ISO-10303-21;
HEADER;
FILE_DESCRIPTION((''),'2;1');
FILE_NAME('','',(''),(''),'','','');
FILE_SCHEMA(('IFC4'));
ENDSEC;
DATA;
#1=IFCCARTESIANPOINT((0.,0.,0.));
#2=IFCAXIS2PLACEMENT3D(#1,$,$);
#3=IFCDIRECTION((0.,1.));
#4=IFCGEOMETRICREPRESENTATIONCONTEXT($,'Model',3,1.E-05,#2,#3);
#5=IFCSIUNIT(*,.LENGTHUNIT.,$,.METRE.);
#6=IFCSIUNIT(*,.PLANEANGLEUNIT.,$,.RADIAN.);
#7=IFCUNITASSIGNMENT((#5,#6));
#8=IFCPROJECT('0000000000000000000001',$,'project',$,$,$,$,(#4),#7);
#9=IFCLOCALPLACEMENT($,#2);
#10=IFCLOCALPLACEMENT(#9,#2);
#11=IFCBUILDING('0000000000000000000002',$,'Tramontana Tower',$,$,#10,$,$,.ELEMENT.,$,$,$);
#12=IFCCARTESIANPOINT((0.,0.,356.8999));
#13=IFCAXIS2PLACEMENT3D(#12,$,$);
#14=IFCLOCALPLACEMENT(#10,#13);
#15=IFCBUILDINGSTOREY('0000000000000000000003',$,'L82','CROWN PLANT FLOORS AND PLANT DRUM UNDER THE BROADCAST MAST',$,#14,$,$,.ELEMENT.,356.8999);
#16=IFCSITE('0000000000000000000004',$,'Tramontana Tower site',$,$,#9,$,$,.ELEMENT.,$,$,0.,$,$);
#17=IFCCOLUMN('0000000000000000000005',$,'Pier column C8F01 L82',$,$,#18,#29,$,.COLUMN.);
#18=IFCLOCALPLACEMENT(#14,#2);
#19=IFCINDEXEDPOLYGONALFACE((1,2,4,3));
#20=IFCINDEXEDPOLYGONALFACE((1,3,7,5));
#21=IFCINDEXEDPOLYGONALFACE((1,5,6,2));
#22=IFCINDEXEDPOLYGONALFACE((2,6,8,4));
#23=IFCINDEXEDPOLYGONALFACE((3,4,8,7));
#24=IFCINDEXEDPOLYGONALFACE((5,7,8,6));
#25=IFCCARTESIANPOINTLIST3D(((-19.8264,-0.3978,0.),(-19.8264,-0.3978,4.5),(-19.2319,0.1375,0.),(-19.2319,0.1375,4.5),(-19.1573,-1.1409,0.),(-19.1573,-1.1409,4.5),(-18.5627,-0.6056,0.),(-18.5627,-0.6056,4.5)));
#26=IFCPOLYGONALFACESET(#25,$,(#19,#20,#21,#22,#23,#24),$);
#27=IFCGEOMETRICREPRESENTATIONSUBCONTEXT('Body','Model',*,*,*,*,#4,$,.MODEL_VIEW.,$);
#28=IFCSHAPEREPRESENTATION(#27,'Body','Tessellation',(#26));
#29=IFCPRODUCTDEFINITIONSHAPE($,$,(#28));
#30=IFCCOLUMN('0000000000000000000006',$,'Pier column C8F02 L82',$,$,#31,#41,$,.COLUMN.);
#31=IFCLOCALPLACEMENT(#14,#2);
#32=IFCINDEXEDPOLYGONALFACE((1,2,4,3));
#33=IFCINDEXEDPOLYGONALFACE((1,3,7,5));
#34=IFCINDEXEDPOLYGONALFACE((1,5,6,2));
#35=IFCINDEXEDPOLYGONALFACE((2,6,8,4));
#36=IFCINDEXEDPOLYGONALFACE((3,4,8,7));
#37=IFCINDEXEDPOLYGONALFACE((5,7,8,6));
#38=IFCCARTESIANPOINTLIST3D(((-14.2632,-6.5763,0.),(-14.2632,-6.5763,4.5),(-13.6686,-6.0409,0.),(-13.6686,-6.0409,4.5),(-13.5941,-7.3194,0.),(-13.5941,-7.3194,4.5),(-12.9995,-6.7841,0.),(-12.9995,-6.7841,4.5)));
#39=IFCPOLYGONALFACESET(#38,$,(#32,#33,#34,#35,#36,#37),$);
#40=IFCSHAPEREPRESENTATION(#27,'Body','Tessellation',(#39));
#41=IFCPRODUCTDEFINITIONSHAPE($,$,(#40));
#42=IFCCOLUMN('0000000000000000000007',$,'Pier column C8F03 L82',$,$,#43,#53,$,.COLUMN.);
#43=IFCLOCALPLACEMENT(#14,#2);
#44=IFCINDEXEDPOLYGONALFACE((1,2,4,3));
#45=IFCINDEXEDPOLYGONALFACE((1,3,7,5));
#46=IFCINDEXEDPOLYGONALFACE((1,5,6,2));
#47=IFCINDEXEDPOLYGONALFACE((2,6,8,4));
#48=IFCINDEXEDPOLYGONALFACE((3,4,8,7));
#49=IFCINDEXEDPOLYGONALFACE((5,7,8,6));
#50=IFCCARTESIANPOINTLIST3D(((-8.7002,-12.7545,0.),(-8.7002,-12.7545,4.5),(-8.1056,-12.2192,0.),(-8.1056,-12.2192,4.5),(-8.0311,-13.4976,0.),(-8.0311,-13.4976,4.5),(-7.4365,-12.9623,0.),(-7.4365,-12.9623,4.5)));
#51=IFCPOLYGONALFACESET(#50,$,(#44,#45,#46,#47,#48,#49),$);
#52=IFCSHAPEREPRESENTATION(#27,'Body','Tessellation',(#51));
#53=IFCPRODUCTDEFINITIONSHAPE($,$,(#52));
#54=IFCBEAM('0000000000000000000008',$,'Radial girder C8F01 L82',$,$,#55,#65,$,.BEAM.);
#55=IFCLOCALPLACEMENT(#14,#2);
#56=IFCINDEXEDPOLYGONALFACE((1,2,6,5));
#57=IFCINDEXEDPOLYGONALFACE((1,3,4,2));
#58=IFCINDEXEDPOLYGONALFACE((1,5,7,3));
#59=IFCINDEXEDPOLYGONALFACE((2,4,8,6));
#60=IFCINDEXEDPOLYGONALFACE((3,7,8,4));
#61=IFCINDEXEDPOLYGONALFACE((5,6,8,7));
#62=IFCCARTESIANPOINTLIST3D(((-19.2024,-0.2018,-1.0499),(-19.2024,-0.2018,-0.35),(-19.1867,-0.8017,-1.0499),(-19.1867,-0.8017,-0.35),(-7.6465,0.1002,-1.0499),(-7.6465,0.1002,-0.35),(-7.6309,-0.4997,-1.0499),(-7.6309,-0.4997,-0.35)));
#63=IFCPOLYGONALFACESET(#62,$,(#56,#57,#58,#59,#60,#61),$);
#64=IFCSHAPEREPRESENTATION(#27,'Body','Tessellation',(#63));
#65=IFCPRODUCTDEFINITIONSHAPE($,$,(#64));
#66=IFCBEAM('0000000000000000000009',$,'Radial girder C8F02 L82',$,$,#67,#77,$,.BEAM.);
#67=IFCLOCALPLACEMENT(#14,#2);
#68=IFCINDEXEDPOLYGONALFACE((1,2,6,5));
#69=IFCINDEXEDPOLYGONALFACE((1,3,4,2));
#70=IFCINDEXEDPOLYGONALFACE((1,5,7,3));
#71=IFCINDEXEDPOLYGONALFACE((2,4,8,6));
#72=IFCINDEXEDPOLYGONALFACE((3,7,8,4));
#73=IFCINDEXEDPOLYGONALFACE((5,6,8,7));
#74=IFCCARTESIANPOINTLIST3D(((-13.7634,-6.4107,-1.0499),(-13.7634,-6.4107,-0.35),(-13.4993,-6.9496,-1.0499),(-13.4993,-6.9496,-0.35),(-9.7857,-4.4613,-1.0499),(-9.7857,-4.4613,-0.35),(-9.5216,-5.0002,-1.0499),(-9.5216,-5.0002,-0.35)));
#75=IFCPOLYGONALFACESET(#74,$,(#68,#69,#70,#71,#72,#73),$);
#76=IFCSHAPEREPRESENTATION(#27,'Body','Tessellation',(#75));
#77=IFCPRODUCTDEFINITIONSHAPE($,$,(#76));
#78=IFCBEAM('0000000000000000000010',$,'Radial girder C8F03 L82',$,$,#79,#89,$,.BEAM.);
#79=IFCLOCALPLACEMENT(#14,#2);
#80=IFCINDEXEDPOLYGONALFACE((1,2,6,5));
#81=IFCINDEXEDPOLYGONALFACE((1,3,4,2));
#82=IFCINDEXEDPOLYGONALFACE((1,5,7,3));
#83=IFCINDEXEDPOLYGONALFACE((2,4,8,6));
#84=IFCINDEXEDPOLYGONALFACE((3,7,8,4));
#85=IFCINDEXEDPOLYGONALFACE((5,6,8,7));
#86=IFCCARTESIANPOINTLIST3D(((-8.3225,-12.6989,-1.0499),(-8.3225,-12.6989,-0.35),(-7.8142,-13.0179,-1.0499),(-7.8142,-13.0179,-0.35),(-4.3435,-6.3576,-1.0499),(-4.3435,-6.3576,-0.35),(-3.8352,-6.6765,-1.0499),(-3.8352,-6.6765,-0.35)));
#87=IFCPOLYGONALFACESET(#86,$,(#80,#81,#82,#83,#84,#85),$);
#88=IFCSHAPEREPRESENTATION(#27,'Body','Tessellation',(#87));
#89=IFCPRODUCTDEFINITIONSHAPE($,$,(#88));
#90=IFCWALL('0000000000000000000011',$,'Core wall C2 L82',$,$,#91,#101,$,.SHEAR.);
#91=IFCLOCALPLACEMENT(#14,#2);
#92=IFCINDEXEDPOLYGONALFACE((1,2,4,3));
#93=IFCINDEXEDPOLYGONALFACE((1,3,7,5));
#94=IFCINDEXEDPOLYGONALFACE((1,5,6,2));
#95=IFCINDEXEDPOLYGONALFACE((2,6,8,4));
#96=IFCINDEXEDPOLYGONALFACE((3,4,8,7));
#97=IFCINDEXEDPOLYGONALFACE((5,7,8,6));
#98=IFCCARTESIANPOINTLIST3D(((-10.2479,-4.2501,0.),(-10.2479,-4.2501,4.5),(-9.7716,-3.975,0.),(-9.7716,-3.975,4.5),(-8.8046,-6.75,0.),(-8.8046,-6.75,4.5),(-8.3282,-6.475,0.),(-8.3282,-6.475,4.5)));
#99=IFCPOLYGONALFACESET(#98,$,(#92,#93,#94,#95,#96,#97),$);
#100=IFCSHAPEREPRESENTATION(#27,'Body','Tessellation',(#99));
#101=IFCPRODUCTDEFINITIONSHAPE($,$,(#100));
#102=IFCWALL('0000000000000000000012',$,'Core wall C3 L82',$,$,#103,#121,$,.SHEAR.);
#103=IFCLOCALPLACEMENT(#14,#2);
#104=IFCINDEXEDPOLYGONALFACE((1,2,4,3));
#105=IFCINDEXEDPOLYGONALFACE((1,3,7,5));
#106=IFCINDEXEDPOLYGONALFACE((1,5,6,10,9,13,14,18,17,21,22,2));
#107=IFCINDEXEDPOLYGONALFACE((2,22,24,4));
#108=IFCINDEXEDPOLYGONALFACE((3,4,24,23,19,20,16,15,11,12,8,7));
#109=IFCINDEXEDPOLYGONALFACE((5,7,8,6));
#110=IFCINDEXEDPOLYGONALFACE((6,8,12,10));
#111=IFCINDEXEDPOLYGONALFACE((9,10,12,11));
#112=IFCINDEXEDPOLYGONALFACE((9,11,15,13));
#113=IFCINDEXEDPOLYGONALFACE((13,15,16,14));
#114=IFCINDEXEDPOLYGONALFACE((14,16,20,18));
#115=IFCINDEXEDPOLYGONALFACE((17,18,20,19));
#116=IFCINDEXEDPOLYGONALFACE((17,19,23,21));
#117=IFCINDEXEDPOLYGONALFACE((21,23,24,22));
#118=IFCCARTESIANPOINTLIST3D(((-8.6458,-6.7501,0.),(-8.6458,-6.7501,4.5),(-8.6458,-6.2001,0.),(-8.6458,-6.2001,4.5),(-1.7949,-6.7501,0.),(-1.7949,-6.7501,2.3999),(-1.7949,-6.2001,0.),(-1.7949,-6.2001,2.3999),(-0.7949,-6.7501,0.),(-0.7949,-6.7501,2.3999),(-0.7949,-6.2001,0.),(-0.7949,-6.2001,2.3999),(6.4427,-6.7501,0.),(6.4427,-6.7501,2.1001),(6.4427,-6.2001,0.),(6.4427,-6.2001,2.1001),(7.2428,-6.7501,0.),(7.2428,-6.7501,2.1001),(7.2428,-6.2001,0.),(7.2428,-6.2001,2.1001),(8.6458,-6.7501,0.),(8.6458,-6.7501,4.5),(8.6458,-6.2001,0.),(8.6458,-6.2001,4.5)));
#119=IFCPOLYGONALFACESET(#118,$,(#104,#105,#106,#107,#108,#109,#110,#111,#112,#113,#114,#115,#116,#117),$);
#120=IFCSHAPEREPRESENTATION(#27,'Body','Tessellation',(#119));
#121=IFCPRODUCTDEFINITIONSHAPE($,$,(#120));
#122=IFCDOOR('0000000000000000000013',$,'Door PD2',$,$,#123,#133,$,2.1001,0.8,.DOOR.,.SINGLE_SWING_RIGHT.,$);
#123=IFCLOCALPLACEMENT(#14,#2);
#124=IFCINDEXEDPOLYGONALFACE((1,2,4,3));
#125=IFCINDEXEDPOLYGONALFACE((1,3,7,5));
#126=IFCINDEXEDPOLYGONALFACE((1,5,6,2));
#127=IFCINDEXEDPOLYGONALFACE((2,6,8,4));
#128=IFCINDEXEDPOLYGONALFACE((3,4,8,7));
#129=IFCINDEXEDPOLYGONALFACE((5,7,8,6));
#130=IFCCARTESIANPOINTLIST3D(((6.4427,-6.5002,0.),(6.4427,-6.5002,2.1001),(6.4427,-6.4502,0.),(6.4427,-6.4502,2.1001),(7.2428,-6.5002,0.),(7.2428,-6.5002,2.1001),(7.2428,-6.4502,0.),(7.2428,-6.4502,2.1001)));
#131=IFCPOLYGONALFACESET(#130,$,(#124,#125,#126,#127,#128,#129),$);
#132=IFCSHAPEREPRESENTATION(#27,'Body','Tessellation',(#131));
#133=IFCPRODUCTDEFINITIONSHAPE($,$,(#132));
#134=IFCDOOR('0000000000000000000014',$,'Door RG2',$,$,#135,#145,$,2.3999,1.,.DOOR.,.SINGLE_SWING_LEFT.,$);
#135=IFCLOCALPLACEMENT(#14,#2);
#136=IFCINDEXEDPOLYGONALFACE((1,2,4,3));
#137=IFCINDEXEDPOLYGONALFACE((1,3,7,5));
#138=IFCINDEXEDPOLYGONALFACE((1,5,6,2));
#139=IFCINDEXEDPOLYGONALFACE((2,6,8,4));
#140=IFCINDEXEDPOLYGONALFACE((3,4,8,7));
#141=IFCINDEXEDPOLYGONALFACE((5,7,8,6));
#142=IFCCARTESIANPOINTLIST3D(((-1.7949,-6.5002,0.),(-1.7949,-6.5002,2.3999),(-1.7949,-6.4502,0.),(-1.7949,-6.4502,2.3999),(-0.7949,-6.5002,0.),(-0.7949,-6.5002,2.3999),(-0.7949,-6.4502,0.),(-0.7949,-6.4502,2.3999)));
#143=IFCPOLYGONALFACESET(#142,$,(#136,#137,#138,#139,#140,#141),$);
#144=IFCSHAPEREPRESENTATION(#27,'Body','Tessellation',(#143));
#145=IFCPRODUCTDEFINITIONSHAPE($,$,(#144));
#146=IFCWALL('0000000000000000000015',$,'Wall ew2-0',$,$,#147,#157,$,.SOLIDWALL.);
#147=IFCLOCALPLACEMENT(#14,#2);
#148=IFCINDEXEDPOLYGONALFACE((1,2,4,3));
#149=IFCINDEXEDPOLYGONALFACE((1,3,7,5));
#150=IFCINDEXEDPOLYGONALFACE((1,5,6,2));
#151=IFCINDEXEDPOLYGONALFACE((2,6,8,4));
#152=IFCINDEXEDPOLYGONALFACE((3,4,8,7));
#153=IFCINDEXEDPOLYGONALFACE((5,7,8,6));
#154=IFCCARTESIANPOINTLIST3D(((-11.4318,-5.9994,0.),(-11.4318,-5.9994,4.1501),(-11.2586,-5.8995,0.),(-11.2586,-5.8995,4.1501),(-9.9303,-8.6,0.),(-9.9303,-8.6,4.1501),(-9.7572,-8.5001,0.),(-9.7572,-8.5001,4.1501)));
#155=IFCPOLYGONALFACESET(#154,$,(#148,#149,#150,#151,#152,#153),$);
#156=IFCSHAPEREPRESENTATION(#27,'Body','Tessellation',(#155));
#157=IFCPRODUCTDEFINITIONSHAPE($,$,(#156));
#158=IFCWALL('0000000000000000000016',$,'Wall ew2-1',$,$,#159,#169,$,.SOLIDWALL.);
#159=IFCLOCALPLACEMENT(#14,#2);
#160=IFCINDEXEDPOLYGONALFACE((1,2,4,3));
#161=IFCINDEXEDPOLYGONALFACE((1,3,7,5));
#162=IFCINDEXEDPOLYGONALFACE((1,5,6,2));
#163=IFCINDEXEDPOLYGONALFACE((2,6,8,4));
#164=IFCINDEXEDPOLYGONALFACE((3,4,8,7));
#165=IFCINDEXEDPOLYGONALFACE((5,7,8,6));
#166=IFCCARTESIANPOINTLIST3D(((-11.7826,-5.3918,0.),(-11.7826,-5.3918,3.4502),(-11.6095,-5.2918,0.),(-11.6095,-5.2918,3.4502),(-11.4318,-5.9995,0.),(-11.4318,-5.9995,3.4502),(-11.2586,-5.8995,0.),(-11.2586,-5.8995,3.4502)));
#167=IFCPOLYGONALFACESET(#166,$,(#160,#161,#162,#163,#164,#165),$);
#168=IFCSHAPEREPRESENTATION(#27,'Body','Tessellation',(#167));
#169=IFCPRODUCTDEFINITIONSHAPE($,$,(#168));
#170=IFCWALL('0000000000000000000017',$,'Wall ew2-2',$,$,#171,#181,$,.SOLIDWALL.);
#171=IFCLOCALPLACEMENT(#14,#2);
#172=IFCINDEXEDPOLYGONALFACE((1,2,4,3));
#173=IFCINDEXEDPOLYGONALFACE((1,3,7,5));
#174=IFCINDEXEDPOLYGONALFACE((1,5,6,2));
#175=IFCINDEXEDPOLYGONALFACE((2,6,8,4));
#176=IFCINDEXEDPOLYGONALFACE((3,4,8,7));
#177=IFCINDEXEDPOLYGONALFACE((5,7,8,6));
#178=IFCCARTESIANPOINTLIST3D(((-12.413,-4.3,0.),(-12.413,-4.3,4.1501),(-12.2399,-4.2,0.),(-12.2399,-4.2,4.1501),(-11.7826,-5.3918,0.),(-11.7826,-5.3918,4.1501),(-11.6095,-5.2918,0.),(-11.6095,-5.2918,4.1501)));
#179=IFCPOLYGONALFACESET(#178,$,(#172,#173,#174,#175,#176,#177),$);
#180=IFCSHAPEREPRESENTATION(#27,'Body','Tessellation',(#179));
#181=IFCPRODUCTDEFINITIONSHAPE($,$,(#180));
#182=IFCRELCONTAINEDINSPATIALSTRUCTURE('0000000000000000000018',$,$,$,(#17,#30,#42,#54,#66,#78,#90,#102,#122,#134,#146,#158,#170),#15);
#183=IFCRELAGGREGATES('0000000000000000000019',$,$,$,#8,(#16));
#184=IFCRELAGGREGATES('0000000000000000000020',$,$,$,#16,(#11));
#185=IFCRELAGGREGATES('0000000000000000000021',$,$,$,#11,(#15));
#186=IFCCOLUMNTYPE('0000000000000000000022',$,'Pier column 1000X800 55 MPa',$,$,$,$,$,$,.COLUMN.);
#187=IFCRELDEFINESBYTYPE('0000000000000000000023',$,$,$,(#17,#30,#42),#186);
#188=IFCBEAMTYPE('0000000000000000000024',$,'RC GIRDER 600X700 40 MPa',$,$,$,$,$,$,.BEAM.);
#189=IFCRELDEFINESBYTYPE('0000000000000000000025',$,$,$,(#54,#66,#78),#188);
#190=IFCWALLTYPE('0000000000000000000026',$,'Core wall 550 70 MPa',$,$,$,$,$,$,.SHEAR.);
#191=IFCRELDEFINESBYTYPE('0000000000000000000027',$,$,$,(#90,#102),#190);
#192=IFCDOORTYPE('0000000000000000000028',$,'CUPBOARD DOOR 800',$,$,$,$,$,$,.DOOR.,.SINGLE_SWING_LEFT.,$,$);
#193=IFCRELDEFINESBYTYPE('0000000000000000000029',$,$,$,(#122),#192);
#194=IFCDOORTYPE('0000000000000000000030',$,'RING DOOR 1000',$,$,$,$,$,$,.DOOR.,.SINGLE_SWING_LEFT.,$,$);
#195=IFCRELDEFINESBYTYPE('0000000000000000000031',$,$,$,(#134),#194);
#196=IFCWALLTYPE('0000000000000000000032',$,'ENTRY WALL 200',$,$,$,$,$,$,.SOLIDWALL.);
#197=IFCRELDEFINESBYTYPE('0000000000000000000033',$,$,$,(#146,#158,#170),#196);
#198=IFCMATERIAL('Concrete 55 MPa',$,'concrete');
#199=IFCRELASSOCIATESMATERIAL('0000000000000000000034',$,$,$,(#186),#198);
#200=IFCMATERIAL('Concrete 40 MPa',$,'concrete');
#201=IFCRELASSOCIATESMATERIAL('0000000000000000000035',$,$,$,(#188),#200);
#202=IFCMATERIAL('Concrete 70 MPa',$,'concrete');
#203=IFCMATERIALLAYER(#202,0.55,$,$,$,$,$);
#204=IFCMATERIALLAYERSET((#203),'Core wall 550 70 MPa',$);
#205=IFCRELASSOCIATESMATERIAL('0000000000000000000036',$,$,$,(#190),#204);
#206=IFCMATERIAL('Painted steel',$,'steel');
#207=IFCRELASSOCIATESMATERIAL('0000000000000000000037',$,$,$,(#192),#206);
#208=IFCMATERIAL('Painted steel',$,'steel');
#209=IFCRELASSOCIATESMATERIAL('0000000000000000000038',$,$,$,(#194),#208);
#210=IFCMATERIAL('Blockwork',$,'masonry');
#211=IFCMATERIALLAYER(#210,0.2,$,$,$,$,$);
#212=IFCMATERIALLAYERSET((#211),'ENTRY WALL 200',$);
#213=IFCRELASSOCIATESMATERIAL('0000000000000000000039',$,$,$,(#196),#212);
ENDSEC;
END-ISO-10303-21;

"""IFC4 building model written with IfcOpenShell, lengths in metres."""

from ifc_helpers import new_model, si_unit, direction, frame, frame_2d, origin, origin_2d, place, context, subcontext, project, spatial, rectangle, extrude, material, layer, layer_set, material_profile, profile_set, type_object, element, fill, save


model = new_model("IFC4")

# Units and contexts
model_context = context("Model", 3, precision=1e-05, world=origin(), true_north=direction((0.0, 1.0)))
body_context = subcontext(model_context, "Body", "Model", "MODEL_VIEW")
ifc_project = project(units=[si_unit("LENGTHUNIT", "METRE"), si_unit("PLANEANGLEUNIT", "RADIAN")], contexts=[model_context])

# Site, building, storey
site_placement = place(None, origin())
site = spatial("IfcSite", under=ifc_project, at=site_placement, Name="Tramontana Tower site", CompositionType="ELEMENT", RefElevation=0.0)
building_placement = place(site_placement, origin())
building = spatial("IfcBuilding", under=site, at=building_placement, Name="Tramontana Tower", CompositionType="ELEMENT")
storey_placement = place(building_placement, frame((0.0, 0.0, 356.8999)))
storey = spatial("IfcBuildingStorey", under=building, at=storey_placement, Name="L82", Description="CROWN PLANT FLOORS AND PLANT DRUM UNDER THE BROADCAST MAST", CompositionType="ELEMENT", Elevation=356.8999)

# Columns
ifc_material_1 = material(Name="Concrete 55 MPa", Category="concrete")
ifc_material_profile_1 = material_profile(ifc_material_1, rectangle(XDim=1.0, YDim=0.8, at=origin_2d()), Name="Pier column 1000X800 55 MPa")
ifc_profile_set_1 = profile_set([ifc_material_profile_1], Name="Concrete 55 MPa")
column_type = type_object("IfcColumnType", Name="Pier column 1000X800 55 MPa", PredefinedType="COLUMN", material=ifc_profile_set_1)
for number, where, z_axis, x_axis, name in (
    (1, (-19.1946, -0.5017, 0.0), (0.0, 0.0, 1.0), (0.669131, -0.743145, 0.0), "Pier column C8F01 L82"),
    (2, (-13.6313, -6.6802, 0.0), (0.0, 0.0, 1.0), (0.669131, -0.743145, 0.0), "Pier column C8F02 L82"),
    (3, (-8.0684, -12.8584, 0.0), (0.0, 0.0, 1.0), (0.669131, -0.743145, 0.0), "Pier column C8F03 L82"),
):
    element("IfcColumn", number, at=place(storey_placement, frame(where, z_axis=z_axis, x_axis=x_axis)), inside=storey, type_object=column_type, Name=name, PredefinedType="COLUMN", context=body_context, shape_type="SweptSolid", body=[
        extrude(rectangle(XDim=1.0, YDim=0.8, at=origin_2d()), origin(), (0.0, 0.0, 1.0), 4.5),
    ])

# Beams
ifc_material_2 = material(Name="Concrete 40 MPa", Category="concrete")
ifc_material_profile_2 = material_profile(ifc_material_2, rectangle(XDim=0.6001, YDim=0.7, at=origin_2d()), Name="RC GIRDER 600X700 40 MPa")
ifc_profile_set_2 = profile_set([ifc_material_profile_2], Name="Concrete 40 MPa")
beam_type = type_object("IfcBeamType", Name="RC GIRDER 600X700 40 MPa", PredefinedType="BEAM", material=ifc_profile_set_2)
beam_1_placement = place(storey_placement, frame((-19.1946, -0.5017, -0.7), z_axis=(0.999659, 0.026125, 0.0), x_axis=(-0.026125, 0.999659, 0.0)))
element("IfcBeam", 4, at=beam_1_placement, inside=storey, type_object=beam_type, Name="Radial girder C8F01 L82", PredefinedType="BEAM", context=body_context, shape_type="SweptSolid", body=[
    extrude(rectangle(XDim=0.6001, YDim=0.7, at=origin_2d()), origin(), (0.0, 0.0, 1.0), 11.5598),
])
beam_2_placement = place(storey_placement, frame((-13.6313, -6.6802, -0.7), z_axis=(0.897959, 0.440079, 0.0), x_axis=(-0.440079, 0.897959, 0.0)))
element("IfcBeam", 5, at=beam_2_placement, inside=storey, type_object=beam_type, Name="Radial girder C8F02 L82", PredefinedType="BEAM", context=body_context, shape_type="SweptSolid", body=[
    extrude(rectangle(XDim=0.6001, YDim=0.7, at=origin_2d()), origin(), (0.0, 0.0, 1.0), 4.4297),
])
beam_3_placement = place(storey_placement, frame((-8.0684, -12.8584, -0.7), z_axis=(0.531505, 0.847055, 0.0), x_axis=(-0.847055, 0.531505, 0.0)))
element("IfcBeam", 6, at=beam_3_placement, inside=storey, type_object=beam_type, Name="Radial girder C8F03 L82", PredefinedType="BEAM", context=body_context, shape_type="SweptSolid", body=[
    extrude(rectangle(XDim=0.6001, YDim=0.7, at=origin_2d()), origin(), (0.0, 0.0, 1.0), 7.4863),
])

# Wall
ifc_material_3 = material(Name="Concrete 70 MPa", Category="concrete")
ifc_layer_1 = layer(ifc_material_3, 0.55)
ifc_layer_set_1 = layer_set([ifc_layer_1], Name="Core wall 550 70 MPa")
wall_type_1 = type_object("IfcWallType", Name="Core wall 550 70 MPa", PredefinedType="SHEAR", material=ifc_layer_set_1)
wall_1_placement = place(storey_placement, frame((-10.0098, -4.1125, 0.0), z_axis=(0.0, 0.0, 1.0), x_axis=(0.499996, -0.866028, 0.0)))
element("IfcWall", 7, at=wall_1_placement, inside=storey, type_object=wall_type_1, Name="Core wall C2 L82", PredefinedType="SHEAR", context=body_context, shape_type="SweptSolid", body=[
    extrude(rectangle(XDim=2.8867, YDim=0.55, at=frame_2d((1.4434, 0.0))), origin(), (0.0, 0.0, 1.0), 4.5),
])

# Wall, openings, doors
wall_2_placement = place(storey_placement, frame((-8.6458, -6.4751, 0.0), z_axis=(0.0, 0.0, 1.0), x_axis=(1.0, 0.0, 0.0)))
wall_2 = element("IfcWall", 8, at=wall_2_placement, inside=storey, type_object=wall_type_1, Name="Core wall C3 L82", PredefinedType="SHEAR", context=body_context, shape_type="SweptSolid", body=[
    extrude(rectangle(XDim=17.2915, YDim=0.55, at=frame_2d((8.6458, 0.0))), origin(), (0.0, 0.0, 1.0), 4.5),
])
opening_1_placement = place(wall_2_placement, frame((6.8508, 0.0, 0.0)))
opening_1 = element("IfcOpeningElement", 9, at=opening_1_placement, cuts=wall_2, PredefinedType="OPENING", context=body_context, shape_type="SweptSolid", body=[
    extrude(rectangle(XDim=1.0, YDim=2.3999, at=frame_2d((0.5, 1.2))), frame((0.0, 0.2849, 0.0), z_axis=(0.0, -1.0, 0.0), x_axis=(1.0, 0.0, 0.0)), (0.0, 0.0, 1.0), 0.5701),
])
opening_2_placement = place(wall_2_placement, frame((15.0886, 0.0, 0.0)))
opening_2 = element("IfcOpeningElement", 10, at=opening_2_placement, cuts=wall_2, PredefinedType="OPENING", context=body_context, shape_type="SweptSolid", body=[
    extrude(rectangle(XDim=0.8, YDim=2.1001, at=frame_2d((0.3999, 1.05))), frame((0.0, 0.2849, 0.0), z_axis=(0.0, -1.0, 0.0), x_axis=(1.0, 0.0, 0.0)), (0.0, 0.0, 1.0), 0.5701),
])
ifc_material_4 = material(Name="Painted steel", Category="steel")
door_type_1 = type_object("IfcDoorType", Name="CUPBOARD DOOR 800", OperationType="SINGLE_SWING_LEFT", PredefinedType="DOOR", material=ifc_material_4)
door_1_placement = place(opening_2_placement, origin())
door_1 = element("IfcDoor", 11, at=door_1_placement, inside=storey, type_object=door_type_1, Name="Door PD2", OperationType="SINGLE_SWING_RIGHT", OverallHeight=2.1001, OverallWidth=0.8, PredefinedType="DOOR", context=body_context, shape_type="SweptSolid", body=[
    extrude(rectangle(XDim=0.8, YDim=2.1001, at=frame_2d((0.3999, 1.05))), frame((0.0, 0.0249, 0.0), z_axis=(0.0, -1.0, 0.0), x_axis=(1.0, 0.0, 0.0)), (0.0, 0.0, 1.0), 0.05),
])
fill(opening_2, door_1)
ifc_material_5 = material(Name="Painted steel", Category="steel")
door_type_2 = type_object("IfcDoorType", Name="RING DOOR 1000", OperationType="SINGLE_SWING_LEFT", PredefinedType="DOOR", material=ifc_material_5)
door_2_placement = place(opening_1_placement, origin())
door_2 = element("IfcDoor", 12, at=door_2_placement, inside=storey, type_object=door_type_2, Name="Door RG2", OperationType="SINGLE_SWING_LEFT", OverallHeight=2.3999, OverallWidth=1.0, PredefinedType="DOOR", context=body_context, shape_type="SweptSolid", body=[
    extrude(rectangle(XDim=1.0, YDim=2.3999, at=frame_2d((0.5, 1.2))), frame((0.0, 0.0249, 0.0), z_axis=(0.0, -1.0, 0.0), x_axis=(1.0, 0.0, 0.0)), (0.0, 0.0, 1.0), 0.05),
])
fill(opening_1, door_2)

# Walls
ifc_material_6 = material(Name="Blockwork", Category="masonry")
ifc_layer_2 = layer(ifc_material_6, 0.2)
ifc_layer_set_2 = layer_set([ifc_layer_2], Name="ENTRY WALL 200")
wall_type_2 = type_object("IfcWallType", Name="ENTRY WALL 200", PredefinedType="SOLIDWALL", material=ifc_layer_set_2)
wall_3_placement = place(storey_placement, frame((-9.8438, -8.55, 0.0), z_axis=(0.0, 0.0, 1.0), x_axis=(-0.500004, 0.866023, 0.0)))
element("IfcWall", 13, at=wall_3_placement, inside=storey, type_object=wall_type_2, Name="Wall ew2-0", PredefinedType="SOLIDWALL", context=body_context, shape_type="SweptSolid", body=[
    extrude(rectangle(XDim=3.0029, YDim=0.2, at=frame_2d((1.5015, 0.0))), origin(), (0.0, 0.0, 1.0), 4.1501),
])
wall_4_placement = place(storey_placement, frame((-11.3452, -5.9495, 0.0), z_axis=(0.0, 0.0, 1.0), x_axis=(-0.499994, 0.866029, 0.0)))
element("IfcWall", 14, at=wall_4_placement, inside=storey, type_object=wall_type_2, Name="Wall ew2-1", PredefinedType="SOLIDWALL", context=body_context, shape_type="SweptSolid", body=[
    extrude(rectangle(XDim=0.7017, YDim=0.2, at=frame_2d((0.3508, 0.0))), origin(), (0.0, 0.0, 1.0), 3.4502),
])
wall_5_placement = place(storey_placement, frame((-11.696, -5.3418, 0.0), z_axis=(0.0, 0.0, 1.0), x_axis=(-0.500013, 0.866018, 0.0)))
element("IfcWall", 15, at=wall_5_placement, inside=storey, type_object=wall_type_2, Name="Wall ew2-2", PredefinedType="SOLIDWALL", context=body_context, shape_type="SweptSolid", body=[
    extrude(rectangle(XDim=1.2607, YDim=0.2, at=frame_2d((0.6304, 0.0))), origin(), (0.0, 0.0, 1.0), 4.1501),
])

save(model, "model.ifc")
